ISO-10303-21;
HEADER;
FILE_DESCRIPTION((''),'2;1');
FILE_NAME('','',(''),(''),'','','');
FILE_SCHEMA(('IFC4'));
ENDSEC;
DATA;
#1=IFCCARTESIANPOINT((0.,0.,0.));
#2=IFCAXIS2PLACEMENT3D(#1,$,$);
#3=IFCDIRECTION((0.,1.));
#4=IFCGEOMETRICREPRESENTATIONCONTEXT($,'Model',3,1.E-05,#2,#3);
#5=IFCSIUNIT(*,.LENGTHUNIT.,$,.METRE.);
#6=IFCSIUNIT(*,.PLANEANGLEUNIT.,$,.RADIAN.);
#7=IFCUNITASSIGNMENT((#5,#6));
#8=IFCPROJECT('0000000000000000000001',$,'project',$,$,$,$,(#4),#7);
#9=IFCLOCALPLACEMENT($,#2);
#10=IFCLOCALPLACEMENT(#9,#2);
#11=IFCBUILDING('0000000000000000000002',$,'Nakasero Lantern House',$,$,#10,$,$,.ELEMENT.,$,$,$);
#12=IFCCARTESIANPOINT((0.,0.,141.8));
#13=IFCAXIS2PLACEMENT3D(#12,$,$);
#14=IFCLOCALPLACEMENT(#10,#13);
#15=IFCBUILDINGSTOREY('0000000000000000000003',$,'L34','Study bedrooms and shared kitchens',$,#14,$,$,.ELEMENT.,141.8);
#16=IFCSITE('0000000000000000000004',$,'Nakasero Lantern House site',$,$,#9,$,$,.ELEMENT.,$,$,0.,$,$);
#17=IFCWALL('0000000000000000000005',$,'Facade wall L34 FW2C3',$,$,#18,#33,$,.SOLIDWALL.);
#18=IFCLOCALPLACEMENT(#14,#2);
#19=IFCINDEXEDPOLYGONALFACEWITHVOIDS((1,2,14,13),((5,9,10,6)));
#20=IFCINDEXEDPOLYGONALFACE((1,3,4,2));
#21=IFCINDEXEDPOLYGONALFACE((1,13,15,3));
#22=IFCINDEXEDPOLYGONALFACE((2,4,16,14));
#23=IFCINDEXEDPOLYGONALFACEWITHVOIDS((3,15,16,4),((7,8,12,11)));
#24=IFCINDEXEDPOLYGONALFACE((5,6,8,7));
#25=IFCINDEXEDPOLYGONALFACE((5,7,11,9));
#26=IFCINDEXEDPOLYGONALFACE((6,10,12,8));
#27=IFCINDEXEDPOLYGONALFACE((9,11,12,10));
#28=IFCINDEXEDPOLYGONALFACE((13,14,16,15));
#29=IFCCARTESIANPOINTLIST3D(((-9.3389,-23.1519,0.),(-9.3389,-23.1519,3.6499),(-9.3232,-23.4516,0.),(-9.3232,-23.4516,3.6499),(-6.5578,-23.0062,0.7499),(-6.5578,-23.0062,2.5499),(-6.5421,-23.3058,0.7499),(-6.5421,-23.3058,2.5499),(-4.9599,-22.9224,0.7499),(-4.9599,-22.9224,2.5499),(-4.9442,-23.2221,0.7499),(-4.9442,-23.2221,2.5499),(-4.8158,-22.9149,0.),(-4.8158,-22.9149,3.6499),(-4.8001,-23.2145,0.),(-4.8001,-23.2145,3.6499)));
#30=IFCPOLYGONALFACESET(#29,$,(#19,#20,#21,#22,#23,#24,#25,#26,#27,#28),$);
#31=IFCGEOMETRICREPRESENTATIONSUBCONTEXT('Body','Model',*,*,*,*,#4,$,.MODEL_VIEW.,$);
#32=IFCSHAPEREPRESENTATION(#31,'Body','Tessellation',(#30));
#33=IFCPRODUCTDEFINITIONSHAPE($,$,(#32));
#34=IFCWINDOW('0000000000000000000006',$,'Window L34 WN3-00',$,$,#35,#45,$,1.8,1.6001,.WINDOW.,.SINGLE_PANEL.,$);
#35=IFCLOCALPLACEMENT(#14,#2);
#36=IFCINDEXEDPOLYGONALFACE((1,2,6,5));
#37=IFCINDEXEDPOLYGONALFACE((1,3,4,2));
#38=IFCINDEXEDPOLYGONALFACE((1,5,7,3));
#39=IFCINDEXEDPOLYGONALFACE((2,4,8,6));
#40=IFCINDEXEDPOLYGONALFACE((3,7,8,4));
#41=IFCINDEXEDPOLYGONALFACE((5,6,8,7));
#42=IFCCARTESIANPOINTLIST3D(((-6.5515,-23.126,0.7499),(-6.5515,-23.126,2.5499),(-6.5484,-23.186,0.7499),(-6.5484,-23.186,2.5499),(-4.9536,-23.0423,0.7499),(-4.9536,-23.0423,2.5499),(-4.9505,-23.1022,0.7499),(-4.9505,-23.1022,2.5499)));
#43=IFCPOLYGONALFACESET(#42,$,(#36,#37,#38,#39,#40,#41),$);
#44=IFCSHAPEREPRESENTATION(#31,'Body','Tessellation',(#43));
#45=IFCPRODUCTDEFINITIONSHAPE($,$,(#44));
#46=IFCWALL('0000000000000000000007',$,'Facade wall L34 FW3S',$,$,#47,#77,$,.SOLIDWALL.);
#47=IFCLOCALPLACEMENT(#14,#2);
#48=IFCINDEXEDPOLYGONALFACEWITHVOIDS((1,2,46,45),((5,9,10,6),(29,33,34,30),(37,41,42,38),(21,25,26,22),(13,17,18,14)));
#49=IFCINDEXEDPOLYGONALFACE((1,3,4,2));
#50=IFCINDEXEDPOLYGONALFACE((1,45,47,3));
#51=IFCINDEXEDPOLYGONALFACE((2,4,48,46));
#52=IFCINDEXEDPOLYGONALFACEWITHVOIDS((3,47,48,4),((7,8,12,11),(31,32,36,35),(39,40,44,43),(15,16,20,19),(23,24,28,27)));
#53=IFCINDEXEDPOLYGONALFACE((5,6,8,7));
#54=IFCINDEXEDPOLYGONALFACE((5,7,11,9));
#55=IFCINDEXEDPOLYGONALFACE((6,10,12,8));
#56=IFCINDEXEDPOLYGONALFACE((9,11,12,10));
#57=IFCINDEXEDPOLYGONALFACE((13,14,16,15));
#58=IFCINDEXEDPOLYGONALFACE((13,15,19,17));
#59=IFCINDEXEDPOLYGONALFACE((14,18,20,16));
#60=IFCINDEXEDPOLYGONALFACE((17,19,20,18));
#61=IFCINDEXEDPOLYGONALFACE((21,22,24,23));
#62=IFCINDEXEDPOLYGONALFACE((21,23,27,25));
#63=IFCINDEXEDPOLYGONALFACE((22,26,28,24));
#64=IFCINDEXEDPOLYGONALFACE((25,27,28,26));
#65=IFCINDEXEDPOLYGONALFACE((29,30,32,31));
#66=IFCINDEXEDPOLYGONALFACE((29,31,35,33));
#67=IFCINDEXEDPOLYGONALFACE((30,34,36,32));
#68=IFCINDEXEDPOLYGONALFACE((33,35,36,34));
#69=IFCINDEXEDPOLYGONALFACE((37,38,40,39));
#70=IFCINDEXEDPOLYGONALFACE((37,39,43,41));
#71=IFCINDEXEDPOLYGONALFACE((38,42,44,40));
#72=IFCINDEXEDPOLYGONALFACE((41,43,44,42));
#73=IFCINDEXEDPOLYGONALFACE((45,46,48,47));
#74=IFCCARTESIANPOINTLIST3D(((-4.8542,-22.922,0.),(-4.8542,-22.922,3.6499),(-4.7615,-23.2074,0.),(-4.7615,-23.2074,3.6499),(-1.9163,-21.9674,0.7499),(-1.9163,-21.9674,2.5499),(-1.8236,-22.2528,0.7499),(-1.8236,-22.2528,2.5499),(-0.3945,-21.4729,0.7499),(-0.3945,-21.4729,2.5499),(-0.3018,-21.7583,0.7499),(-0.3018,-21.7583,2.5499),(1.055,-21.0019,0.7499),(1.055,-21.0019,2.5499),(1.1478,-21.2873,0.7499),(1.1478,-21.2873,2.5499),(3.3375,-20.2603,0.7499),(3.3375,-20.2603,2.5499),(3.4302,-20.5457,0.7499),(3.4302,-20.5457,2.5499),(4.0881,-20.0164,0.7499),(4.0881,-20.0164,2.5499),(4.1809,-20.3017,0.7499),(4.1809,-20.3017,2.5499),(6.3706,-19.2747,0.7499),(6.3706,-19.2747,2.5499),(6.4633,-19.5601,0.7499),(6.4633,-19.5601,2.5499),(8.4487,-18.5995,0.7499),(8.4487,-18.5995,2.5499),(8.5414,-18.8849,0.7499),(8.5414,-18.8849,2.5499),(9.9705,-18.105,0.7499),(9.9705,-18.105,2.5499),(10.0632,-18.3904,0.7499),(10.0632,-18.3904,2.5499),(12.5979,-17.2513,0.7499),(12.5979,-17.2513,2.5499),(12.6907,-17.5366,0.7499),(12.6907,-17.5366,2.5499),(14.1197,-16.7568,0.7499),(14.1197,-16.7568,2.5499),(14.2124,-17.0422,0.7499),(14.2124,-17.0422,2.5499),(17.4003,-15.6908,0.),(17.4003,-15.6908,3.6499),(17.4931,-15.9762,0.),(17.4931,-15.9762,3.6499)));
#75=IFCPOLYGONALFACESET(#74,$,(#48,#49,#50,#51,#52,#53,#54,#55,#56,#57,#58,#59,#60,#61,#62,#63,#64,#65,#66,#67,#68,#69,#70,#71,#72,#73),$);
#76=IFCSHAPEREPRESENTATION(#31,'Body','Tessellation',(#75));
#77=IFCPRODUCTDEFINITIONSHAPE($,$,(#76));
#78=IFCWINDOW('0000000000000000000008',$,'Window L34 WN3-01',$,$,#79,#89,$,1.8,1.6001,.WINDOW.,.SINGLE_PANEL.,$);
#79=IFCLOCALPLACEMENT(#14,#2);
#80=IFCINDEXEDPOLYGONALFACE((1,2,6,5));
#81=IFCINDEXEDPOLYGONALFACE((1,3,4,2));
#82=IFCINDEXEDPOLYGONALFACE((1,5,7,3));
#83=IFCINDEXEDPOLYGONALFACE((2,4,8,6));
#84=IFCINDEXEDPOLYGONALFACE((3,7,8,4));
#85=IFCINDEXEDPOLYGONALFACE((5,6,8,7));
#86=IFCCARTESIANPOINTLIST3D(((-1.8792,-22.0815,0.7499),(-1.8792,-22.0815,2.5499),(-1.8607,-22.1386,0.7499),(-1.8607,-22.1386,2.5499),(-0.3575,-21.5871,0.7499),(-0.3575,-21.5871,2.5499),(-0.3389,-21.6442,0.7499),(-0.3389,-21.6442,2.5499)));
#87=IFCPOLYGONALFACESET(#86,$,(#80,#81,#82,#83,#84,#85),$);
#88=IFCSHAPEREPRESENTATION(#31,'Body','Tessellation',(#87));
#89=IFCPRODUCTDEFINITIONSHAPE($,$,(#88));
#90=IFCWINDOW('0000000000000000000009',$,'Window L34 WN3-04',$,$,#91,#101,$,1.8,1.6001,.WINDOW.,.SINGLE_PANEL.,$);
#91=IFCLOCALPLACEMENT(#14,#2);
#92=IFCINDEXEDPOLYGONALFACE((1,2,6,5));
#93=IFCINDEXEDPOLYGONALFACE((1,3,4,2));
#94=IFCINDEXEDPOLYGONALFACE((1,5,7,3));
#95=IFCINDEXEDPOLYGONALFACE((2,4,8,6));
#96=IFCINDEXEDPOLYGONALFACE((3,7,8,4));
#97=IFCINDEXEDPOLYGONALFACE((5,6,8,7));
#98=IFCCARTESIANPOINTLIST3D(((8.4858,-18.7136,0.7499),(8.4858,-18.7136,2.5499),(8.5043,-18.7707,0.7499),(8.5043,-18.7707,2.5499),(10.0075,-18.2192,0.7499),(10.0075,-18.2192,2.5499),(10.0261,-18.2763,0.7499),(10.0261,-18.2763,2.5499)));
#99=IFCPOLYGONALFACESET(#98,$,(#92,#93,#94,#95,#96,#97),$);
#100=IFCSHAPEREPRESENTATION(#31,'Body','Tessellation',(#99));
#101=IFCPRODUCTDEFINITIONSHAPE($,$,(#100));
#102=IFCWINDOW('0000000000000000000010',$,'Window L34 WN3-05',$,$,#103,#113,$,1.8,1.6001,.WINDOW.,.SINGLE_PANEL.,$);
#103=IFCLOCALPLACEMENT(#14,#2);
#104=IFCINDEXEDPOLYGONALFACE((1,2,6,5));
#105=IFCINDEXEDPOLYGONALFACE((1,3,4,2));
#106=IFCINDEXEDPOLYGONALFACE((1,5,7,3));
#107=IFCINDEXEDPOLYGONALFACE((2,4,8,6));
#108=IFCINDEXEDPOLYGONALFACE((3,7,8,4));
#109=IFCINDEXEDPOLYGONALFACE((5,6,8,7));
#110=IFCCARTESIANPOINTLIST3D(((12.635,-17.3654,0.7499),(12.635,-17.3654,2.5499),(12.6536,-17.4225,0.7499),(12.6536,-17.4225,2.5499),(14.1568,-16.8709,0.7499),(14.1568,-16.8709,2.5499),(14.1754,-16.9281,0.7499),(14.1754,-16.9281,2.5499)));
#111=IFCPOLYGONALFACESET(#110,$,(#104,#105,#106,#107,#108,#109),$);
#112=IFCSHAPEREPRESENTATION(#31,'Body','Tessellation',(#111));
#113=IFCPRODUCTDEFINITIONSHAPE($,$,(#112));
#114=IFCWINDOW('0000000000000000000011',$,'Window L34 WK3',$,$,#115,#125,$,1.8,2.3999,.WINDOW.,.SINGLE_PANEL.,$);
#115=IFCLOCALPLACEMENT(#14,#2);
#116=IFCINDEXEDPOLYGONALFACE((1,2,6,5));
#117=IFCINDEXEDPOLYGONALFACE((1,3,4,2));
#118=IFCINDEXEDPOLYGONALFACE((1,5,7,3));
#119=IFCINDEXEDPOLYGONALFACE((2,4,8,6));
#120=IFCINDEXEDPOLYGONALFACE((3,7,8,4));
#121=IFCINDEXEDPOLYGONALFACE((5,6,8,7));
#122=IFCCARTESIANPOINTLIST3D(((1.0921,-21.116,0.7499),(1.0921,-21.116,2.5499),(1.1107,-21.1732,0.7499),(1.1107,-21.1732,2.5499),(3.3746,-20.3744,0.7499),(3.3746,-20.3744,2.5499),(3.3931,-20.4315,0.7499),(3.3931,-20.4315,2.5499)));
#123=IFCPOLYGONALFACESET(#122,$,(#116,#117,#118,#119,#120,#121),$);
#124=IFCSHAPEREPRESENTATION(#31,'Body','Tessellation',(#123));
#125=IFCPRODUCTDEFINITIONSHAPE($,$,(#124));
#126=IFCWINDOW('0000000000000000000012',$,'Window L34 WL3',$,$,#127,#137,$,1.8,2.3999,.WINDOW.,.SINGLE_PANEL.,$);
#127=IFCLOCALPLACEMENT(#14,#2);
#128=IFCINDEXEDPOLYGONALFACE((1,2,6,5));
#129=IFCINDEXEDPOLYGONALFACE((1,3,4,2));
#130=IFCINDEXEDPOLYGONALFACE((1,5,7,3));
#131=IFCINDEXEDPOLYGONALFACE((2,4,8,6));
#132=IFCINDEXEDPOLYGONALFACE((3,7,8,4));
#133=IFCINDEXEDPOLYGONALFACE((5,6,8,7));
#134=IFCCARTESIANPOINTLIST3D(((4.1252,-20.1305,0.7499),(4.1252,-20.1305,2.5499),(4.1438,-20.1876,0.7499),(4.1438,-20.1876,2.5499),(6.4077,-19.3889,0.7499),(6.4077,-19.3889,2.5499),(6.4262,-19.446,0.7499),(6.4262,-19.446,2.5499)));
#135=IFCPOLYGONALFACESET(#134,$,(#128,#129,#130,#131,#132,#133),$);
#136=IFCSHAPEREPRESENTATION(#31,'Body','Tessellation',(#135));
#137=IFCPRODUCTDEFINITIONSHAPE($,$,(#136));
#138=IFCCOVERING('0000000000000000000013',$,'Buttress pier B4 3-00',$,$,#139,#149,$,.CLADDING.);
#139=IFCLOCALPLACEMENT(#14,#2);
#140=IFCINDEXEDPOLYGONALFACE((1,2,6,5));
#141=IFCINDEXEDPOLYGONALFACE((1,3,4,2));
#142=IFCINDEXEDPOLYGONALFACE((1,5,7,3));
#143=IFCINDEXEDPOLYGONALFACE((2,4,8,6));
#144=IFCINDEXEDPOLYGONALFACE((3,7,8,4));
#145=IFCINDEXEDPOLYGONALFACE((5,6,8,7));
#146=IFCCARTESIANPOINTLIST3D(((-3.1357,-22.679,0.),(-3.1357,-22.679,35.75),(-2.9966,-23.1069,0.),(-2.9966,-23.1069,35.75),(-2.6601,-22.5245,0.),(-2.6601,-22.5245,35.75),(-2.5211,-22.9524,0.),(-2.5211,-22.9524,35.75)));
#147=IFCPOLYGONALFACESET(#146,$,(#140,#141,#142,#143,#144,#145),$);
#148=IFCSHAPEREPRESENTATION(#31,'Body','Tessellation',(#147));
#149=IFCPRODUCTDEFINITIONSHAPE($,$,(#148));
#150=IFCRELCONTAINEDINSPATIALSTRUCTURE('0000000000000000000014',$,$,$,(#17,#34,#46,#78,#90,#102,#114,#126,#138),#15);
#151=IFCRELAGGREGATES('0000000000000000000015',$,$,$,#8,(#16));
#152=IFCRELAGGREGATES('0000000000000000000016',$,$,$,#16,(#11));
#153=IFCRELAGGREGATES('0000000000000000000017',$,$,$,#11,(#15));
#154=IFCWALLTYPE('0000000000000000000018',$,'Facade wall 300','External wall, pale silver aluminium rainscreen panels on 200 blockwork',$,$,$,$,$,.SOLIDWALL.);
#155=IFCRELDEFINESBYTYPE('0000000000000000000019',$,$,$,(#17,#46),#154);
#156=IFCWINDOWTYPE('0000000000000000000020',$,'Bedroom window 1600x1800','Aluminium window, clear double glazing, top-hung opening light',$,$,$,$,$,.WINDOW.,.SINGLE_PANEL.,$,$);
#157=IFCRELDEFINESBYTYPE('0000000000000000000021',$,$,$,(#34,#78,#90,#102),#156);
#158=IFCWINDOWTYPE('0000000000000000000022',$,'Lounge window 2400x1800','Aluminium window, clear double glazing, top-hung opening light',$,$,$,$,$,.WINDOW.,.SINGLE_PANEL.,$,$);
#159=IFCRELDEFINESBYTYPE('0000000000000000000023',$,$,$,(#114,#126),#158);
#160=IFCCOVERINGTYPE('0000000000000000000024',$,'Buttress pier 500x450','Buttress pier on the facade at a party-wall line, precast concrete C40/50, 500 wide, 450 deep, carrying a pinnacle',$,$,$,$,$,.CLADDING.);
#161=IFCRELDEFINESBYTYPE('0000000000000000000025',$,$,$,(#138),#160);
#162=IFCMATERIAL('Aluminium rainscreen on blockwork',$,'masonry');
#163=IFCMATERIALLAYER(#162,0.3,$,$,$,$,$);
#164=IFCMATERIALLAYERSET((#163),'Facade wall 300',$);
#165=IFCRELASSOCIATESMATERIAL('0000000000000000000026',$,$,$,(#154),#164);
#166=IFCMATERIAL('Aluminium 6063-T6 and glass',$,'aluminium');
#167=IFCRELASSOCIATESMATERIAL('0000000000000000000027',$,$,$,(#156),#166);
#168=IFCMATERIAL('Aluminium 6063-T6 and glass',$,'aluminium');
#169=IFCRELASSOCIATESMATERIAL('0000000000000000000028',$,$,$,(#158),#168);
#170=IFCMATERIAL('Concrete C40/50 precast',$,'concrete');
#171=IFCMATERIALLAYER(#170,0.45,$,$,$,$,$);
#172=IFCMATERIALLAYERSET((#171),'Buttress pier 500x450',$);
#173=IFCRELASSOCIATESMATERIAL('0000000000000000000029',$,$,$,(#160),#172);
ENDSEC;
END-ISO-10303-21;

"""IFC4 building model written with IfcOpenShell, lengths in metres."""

from ifc_helpers import new_model, si_unit, direction, frame, frame_2d, origin, origin_2d, place, context, subcontext, project, spatial, rectangle, extrude, material, layer, layer_set, type_object, element, fill, save


model = new_model("IFC4")

# Units and contexts
model_context = context("Model", 3, precision=1e-05, world=origin(), true_north=direction((0.0, 1.0)))
body_context = subcontext(model_context, "Body", "Model", "MODEL_VIEW")
ifc_project = project(units=[si_unit("LENGTHUNIT", "METRE"), si_unit("PLANEANGLEUNIT", "RADIAN")], contexts=[model_context])

# Site, building, storey
site_placement = place(None, origin())
site = spatial("IfcSite", under=ifc_project, at=site_placement, Name="Nakasero Lantern House site", CompositionType="ELEMENT", RefElevation=0.0)
building_placement = place(site_placement, origin())
building = spatial("IfcBuilding", under=site, at=building_placement, Name="Nakasero Lantern House", CompositionType="ELEMENT")
storey_placement = place(building_placement, frame((0.0, 0.0, 141.8)))
storey = spatial("IfcBuildingStorey", under=building, at=storey_placement, Name="L34", Description="Study bedrooms and shared kitchens", CompositionType="ELEMENT", Elevation=141.8)

# Wall, opening, window
ifc_material_1 = material(Name="Aluminium rainscreen on blockwork", Category="masonry")
ifc_layer_1 = layer(ifc_material_1, 0.3)
ifc_layer_set_1 = layer_set([ifc_layer_1], Name="Facade wall 300")
wall_type_1 = type_object("IfcWallType", Name="Facade wall 300", Description="External wall, pale silver aluminium rainscreen panels on 200 blockwork", PredefinedType="SOLIDWALL", material=ifc_layer_set_1)
wall_1_placement = place(storey_placement, frame((-9.3311, -23.3018, 0.0), z_axis=(0.0, 0.0, 1.0), x_axis=(0.998629, 0.052338, 0.0)))
wall_1 = element("IfcWall", 1, at=wall_1_placement, inside=storey, type_object=wall_type_1, Name="Facade wall L34 FW2C3", PredefinedType="SOLIDWALL", context=body_context, shape_type="SweptSolid", body=[
    extrude(rectangle(XDim=4.5293, YDim=0.3, at=frame_2d((2.2646, 0.0))), origin(), (0.0, 0.0, 1.0), 3.6499),
])
opening_1_placement = place(wall_1_placement, frame((2.7849, 0.0, 0.75)))
opening_1 = element("IfcOpeningElement", 2, at=opening_1_placement, cuts=wall_1, PredefinedType="OPENING", context=body_context, shape_type="SweptSolid", body=[
    extrude(rectangle(XDim=1.6001, YDim=1.8, at=frame_2d((0.8, 0.8999))), frame((0.0, 0.1699, 0.0), z_axis=(0.0, -1.0, 0.0), x_axis=(1.0, 0.0, 0.0)), (0.0, 0.0, 1.0), 0.3401),
])
ifc_material_2 = material(Name="Aluminium 6063-T6 and glass", Category="aluminium")
window_type_1 = type_object("IfcWindowType", Name="Bedroom window 1600x1800", Description="Aluminium window, clear double glazing, top-hung opening light", PartitioningType="SINGLE_PANEL", PredefinedType="WINDOW", material=ifc_material_2)
window_1_placement = place(opening_1_placement, origin())
window_1 = element("IfcWindow", 3, at=window_1_placement, inside=storey, type_object=window_type_1, Name="Window L34 WN3-00", OverallHeight=1.8, OverallWidth=1.6001, PartitioningType="SINGLE_PANEL", PredefinedType="WINDOW", context=body_context, shape_type="SweptSolid", body=[
    extrude(rectangle(XDim=1.6001, YDim=1.8, at=frame_2d((0.8, 0.8999))), frame((0.0, 0.03, 0.0), z_axis=(0.0, -1.0, 0.0), x_axis=(1.0, 0.0, 0.0)), (0.0, 0.0, 1.0), 0.0601),
])
fill(opening_1, window_1)

# Wall, openings, windows
wall_2_placement = place(storey_placement, frame((-4.8079, -23.0647, 0.0), z_axis=(0.0, 0.0, 1.0), x_axis=(0.951054, 0.309026, 0.0)))
wall_2 = element("IfcWall", 4, at=wall_2_placement, inside=storey, type_object=wall_type_1, Name="Facade wall L34 FW3S", PredefinedType="SOLIDWALL", context=body_context, shape_type="SweptSolid", body=[
    extrude(rectangle(XDim=23.3999, YDim=0.3, at=frame_2d((11.7, 0.0))), origin(), (0.0, 0.0, 1.0), 3.6499),
])
opening_2_placement = place(wall_2_placement, frame((3.0891, 0.0, 0.75)))
opening_2 = element("IfcOpeningElement", 5, at=opening_2_placement, cuts=wall_2, PredefinedType="OPENING", context=body_context, shape_type="SweptSolid", body=[
    extrude(rectangle(XDim=1.6001, YDim=1.8, at=frame_2d((0.8, 0.8999))), frame((0.0, 0.1699, 0.0), z_axis=(0.0, -1.0, 0.0), x_axis=(1.0, 0.0, 0.0)), (0.0, 0.0, 1.0), 0.3401),
])
opening_3_placement = place(wall_2_placement, frame((13.9875, 0.0, 0.75)))
opening_3 = element("IfcOpeningElement", 6, at=opening_3_placement, cuts=wall_2, PredefinedType="OPENING", context=body_context, shape_type="SweptSolid", body=[
    extrude(rectangle(XDim=1.6001, YDim=1.8, at=frame_2d((0.8, 0.8999))), frame((0.0, 0.1699, 0.0), z_axis=(0.0, -1.0, 0.0), x_axis=(1.0, 0.0, 0.0)), (0.0, 0.0, 1.0), 0.3401),
])
opening_4_placement = place(wall_2_placement, frame((18.3503, 0.0, 0.75)))
opening_4 = element("IfcOpeningElement", 7, at=opening_4_placement, cuts=wall_2, PredefinedType="OPENING", context=body_context, shape_type="SweptSolid", body=[
    extrude(rectangle(XDim=1.6001, YDim=1.8, at=frame_2d((0.8, 0.8999))), frame((0.0, 0.1699, 0.0), z_axis=(0.0, -1.0, 0.0), x_axis=(1.0, 0.0, 0.0)), (0.0, 0.0, 1.0), 0.3401),
])
opening_5_placement = place(wall_2_placement, frame((6.2134, 0.0, 0.75)))
opening_5 = element("IfcOpeningElement", 8, at=opening_5_placement, cuts=wall_2, PredefinedType="OPENING", context=body_context, shape_type="SweptSolid", body=[
    extrude(rectangle(XDim=2.3999, YDim=1.8, at=frame_2d((1.2, 0.8999))), frame((0.0, 0.1699, 0.0), z_axis=(0.0, -1.0, 0.0), x_axis=(1.0, 0.0, 0.0)), (0.0, 0.0, 1.0), 0.3401),
])
opening_6_placement = place(wall_2_placement, frame((9.4026, 0.0, 0.75)))
opening_6 = element("IfcOpeningElement", 9, at=opening_6_placement, cuts=wall_2, PredefinedType="OPENING", context=body_context, shape_type="SweptSolid", body=[
    extrude(rectangle(XDim=2.3999, YDim=1.8, at=frame_2d((1.2, 0.8999))), frame((0.0, 0.1699, 0.0), z_axis=(0.0, -1.0, 0.0), x_axis=(1.0, 0.0, 0.0)), (0.0, 0.0, 1.0), 0.3401),
])
window_2_placement = place(opening_2_placement, origin())
window_2 = element("IfcWindow", 10, at=window_2_placement, inside=storey, type_object=window_type_1, Name="Window L34 WN3-01", OverallHeight=1.8, OverallWidth=1.6001, PartitioningType="SINGLE_PANEL", PredefinedType="WINDOW", context=body_context, shape_type="SweptSolid", body=[
    extrude(rectangle(XDim=1.6001, YDim=1.8, at=frame_2d((0.8, 0.8999))), frame((0.0, 0.03, 0.0), z_axis=(0.0, -1.0, 0.0), x_axis=(1.0, 0.0, 0.0)), (0.0, 0.0, 1.0), 0.0601),
])
fill(opening_2, window_2)
window_3_placement = place(opening_3_placement, origin())
window_3 = element("IfcWindow", 11, at=window_3_placement, inside=storey, type_object=window_type_1, Name="Window L34 WN3-04", OverallHeight=1.8, OverallWidth=1.6001, PartitioningType="SINGLE_PANEL", PredefinedType="WINDOW", context=body_context, shape_type="SweptSolid", body=[
    extrude(rectangle(XDim=1.6001, YDim=1.8, at=frame_2d((0.8, 0.8999))), frame((0.0, 0.03, 0.0), z_axis=(0.0, -1.0, 0.0), x_axis=(1.0, 0.0, 0.0)), (0.0, 0.0, 1.0), 0.0601),
])
fill(opening_3, window_3)
window_4_placement = place(opening_4_placement, origin())
window_4 = element("IfcWindow", 12, at=window_4_placement, inside=storey, type_object=window_type_1, Name="Window L34 WN3-05", OverallHeight=1.8, OverallWidth=1.6001, PartitioningType="SINGLE_PANEL", PredefinedType="WINDOW", context=body_context, shape_type="SweptSolid", body=[
    extrude(rectangle(XDim=1.6001, YDim=1.8, at=frame_2d((0.8, 0.8999))), frame((0.0, 0.03, 0.0), z_axis=(0.0, -1.0, 0.0), x_axis=(1.0, 0.0, 0.0)), (0.0, 0.0, 1.0), 0.0601),
])
fill(opening_4, window_4)
ifc_material_3 = material(Name="Aluminium 6063-T6 and glass", Category="aluminium")
window_type_2 = type_object("IfcWindowType", Name="Lounge window 2400x1800", Description="Aluminium window, clear double glazing, top-hung opening light", PartitioningType="SINGLE_PANEL", PredefinedType="WINDOW", material=ifc_material_3)
window_5_placement = place(opening_5_placement, origin())
window_5 = element("IfcWindow", 13, at=window_5_placement, inside=storey, type_object=window_type_2, Name="Window L34 WK3", OverallHeight=1.8, OverallWidth=2.3999, PartitioningType="SINGLE_PANEL", PredefinedType="WINDOW", context=body_context, shape_type="SweptSolid", body=[
    extrude(rectangle(XDim=2.3999, YDim=1.8, at=frame_2d((1.2, 0.8999))), frame((0.0, 0.03, 0.0), z_axis=(0.0, -1.0, 0.0), x_axis=(1.0, 0.0, 0.0)), (0.0, 0.0, 1.0), 0.0601),
])
fill(opening_5, window_5)
window_6_placement = place(opening_6_placement, origin())
window_6 = element("IfcWindow", 14, at=window_6_placement, inside=storey, type_object=window_type_2, Name="Window L34 WL3", OverallHeight=1.8, OverallWidth=2.3999, PartitioningType="SINGLE_PANEL", PredefinedType="WINDOW", context=body_context, shape_type="SweptSolid", body=[
    extrude(rectangle(XDim=2.3999, YDim=1.8, at=frame_2d((1.2, 0.8999))), frame((0.0, 0.03, 0.0), z_axis=(0.0, -1.0, 0.0), x_axis=(1.0, 0.0, 0.0)), (0.0, 0.0, 1.0), 0.0601),
])
fill(opening_6, window_6)

# Covering
ifc_material_4 = material(Name="Concrete C40/50 precast", Category="concrete")
ifc_layer_2 = layer(ifc_material_4, 0.45)
ifc_layer_set_2 = layer_set([ifc_layer_2], Name="Buttress pier 500x450")
covering_type = type_object("IfcCoveringType", Name="Buttress pier 500x450", Description="Buttress pier on the facade at a party-wall line, precast concrete C40/50, 500 wide, 450 deep, carrying a pinnacle", PredefinedType="CLADDING", material=ifc_layer_set_2)
covering_placement = place(storey_placement, frame((-2.8284, -22.8157, 0.0), z_axis=(0.0, 0.0, 1.0), x_axis=(0.309017, -0.951057, 0.0)))
element("IfcCovering", 15, at=covering_placement, inside=storey, type_object=covering_type, Name="Buttress pier B4 3-00", PredefinedType="CLADDING", context=body_context, shape_type="SweptSolid", body=[
    extrude(rectangle(XDim=0.45, YDim=0.5, at=origin_2d()), origin(), (0.0, 0.0, 1.0), 35.75),
])

save(model, "model.ifc")
